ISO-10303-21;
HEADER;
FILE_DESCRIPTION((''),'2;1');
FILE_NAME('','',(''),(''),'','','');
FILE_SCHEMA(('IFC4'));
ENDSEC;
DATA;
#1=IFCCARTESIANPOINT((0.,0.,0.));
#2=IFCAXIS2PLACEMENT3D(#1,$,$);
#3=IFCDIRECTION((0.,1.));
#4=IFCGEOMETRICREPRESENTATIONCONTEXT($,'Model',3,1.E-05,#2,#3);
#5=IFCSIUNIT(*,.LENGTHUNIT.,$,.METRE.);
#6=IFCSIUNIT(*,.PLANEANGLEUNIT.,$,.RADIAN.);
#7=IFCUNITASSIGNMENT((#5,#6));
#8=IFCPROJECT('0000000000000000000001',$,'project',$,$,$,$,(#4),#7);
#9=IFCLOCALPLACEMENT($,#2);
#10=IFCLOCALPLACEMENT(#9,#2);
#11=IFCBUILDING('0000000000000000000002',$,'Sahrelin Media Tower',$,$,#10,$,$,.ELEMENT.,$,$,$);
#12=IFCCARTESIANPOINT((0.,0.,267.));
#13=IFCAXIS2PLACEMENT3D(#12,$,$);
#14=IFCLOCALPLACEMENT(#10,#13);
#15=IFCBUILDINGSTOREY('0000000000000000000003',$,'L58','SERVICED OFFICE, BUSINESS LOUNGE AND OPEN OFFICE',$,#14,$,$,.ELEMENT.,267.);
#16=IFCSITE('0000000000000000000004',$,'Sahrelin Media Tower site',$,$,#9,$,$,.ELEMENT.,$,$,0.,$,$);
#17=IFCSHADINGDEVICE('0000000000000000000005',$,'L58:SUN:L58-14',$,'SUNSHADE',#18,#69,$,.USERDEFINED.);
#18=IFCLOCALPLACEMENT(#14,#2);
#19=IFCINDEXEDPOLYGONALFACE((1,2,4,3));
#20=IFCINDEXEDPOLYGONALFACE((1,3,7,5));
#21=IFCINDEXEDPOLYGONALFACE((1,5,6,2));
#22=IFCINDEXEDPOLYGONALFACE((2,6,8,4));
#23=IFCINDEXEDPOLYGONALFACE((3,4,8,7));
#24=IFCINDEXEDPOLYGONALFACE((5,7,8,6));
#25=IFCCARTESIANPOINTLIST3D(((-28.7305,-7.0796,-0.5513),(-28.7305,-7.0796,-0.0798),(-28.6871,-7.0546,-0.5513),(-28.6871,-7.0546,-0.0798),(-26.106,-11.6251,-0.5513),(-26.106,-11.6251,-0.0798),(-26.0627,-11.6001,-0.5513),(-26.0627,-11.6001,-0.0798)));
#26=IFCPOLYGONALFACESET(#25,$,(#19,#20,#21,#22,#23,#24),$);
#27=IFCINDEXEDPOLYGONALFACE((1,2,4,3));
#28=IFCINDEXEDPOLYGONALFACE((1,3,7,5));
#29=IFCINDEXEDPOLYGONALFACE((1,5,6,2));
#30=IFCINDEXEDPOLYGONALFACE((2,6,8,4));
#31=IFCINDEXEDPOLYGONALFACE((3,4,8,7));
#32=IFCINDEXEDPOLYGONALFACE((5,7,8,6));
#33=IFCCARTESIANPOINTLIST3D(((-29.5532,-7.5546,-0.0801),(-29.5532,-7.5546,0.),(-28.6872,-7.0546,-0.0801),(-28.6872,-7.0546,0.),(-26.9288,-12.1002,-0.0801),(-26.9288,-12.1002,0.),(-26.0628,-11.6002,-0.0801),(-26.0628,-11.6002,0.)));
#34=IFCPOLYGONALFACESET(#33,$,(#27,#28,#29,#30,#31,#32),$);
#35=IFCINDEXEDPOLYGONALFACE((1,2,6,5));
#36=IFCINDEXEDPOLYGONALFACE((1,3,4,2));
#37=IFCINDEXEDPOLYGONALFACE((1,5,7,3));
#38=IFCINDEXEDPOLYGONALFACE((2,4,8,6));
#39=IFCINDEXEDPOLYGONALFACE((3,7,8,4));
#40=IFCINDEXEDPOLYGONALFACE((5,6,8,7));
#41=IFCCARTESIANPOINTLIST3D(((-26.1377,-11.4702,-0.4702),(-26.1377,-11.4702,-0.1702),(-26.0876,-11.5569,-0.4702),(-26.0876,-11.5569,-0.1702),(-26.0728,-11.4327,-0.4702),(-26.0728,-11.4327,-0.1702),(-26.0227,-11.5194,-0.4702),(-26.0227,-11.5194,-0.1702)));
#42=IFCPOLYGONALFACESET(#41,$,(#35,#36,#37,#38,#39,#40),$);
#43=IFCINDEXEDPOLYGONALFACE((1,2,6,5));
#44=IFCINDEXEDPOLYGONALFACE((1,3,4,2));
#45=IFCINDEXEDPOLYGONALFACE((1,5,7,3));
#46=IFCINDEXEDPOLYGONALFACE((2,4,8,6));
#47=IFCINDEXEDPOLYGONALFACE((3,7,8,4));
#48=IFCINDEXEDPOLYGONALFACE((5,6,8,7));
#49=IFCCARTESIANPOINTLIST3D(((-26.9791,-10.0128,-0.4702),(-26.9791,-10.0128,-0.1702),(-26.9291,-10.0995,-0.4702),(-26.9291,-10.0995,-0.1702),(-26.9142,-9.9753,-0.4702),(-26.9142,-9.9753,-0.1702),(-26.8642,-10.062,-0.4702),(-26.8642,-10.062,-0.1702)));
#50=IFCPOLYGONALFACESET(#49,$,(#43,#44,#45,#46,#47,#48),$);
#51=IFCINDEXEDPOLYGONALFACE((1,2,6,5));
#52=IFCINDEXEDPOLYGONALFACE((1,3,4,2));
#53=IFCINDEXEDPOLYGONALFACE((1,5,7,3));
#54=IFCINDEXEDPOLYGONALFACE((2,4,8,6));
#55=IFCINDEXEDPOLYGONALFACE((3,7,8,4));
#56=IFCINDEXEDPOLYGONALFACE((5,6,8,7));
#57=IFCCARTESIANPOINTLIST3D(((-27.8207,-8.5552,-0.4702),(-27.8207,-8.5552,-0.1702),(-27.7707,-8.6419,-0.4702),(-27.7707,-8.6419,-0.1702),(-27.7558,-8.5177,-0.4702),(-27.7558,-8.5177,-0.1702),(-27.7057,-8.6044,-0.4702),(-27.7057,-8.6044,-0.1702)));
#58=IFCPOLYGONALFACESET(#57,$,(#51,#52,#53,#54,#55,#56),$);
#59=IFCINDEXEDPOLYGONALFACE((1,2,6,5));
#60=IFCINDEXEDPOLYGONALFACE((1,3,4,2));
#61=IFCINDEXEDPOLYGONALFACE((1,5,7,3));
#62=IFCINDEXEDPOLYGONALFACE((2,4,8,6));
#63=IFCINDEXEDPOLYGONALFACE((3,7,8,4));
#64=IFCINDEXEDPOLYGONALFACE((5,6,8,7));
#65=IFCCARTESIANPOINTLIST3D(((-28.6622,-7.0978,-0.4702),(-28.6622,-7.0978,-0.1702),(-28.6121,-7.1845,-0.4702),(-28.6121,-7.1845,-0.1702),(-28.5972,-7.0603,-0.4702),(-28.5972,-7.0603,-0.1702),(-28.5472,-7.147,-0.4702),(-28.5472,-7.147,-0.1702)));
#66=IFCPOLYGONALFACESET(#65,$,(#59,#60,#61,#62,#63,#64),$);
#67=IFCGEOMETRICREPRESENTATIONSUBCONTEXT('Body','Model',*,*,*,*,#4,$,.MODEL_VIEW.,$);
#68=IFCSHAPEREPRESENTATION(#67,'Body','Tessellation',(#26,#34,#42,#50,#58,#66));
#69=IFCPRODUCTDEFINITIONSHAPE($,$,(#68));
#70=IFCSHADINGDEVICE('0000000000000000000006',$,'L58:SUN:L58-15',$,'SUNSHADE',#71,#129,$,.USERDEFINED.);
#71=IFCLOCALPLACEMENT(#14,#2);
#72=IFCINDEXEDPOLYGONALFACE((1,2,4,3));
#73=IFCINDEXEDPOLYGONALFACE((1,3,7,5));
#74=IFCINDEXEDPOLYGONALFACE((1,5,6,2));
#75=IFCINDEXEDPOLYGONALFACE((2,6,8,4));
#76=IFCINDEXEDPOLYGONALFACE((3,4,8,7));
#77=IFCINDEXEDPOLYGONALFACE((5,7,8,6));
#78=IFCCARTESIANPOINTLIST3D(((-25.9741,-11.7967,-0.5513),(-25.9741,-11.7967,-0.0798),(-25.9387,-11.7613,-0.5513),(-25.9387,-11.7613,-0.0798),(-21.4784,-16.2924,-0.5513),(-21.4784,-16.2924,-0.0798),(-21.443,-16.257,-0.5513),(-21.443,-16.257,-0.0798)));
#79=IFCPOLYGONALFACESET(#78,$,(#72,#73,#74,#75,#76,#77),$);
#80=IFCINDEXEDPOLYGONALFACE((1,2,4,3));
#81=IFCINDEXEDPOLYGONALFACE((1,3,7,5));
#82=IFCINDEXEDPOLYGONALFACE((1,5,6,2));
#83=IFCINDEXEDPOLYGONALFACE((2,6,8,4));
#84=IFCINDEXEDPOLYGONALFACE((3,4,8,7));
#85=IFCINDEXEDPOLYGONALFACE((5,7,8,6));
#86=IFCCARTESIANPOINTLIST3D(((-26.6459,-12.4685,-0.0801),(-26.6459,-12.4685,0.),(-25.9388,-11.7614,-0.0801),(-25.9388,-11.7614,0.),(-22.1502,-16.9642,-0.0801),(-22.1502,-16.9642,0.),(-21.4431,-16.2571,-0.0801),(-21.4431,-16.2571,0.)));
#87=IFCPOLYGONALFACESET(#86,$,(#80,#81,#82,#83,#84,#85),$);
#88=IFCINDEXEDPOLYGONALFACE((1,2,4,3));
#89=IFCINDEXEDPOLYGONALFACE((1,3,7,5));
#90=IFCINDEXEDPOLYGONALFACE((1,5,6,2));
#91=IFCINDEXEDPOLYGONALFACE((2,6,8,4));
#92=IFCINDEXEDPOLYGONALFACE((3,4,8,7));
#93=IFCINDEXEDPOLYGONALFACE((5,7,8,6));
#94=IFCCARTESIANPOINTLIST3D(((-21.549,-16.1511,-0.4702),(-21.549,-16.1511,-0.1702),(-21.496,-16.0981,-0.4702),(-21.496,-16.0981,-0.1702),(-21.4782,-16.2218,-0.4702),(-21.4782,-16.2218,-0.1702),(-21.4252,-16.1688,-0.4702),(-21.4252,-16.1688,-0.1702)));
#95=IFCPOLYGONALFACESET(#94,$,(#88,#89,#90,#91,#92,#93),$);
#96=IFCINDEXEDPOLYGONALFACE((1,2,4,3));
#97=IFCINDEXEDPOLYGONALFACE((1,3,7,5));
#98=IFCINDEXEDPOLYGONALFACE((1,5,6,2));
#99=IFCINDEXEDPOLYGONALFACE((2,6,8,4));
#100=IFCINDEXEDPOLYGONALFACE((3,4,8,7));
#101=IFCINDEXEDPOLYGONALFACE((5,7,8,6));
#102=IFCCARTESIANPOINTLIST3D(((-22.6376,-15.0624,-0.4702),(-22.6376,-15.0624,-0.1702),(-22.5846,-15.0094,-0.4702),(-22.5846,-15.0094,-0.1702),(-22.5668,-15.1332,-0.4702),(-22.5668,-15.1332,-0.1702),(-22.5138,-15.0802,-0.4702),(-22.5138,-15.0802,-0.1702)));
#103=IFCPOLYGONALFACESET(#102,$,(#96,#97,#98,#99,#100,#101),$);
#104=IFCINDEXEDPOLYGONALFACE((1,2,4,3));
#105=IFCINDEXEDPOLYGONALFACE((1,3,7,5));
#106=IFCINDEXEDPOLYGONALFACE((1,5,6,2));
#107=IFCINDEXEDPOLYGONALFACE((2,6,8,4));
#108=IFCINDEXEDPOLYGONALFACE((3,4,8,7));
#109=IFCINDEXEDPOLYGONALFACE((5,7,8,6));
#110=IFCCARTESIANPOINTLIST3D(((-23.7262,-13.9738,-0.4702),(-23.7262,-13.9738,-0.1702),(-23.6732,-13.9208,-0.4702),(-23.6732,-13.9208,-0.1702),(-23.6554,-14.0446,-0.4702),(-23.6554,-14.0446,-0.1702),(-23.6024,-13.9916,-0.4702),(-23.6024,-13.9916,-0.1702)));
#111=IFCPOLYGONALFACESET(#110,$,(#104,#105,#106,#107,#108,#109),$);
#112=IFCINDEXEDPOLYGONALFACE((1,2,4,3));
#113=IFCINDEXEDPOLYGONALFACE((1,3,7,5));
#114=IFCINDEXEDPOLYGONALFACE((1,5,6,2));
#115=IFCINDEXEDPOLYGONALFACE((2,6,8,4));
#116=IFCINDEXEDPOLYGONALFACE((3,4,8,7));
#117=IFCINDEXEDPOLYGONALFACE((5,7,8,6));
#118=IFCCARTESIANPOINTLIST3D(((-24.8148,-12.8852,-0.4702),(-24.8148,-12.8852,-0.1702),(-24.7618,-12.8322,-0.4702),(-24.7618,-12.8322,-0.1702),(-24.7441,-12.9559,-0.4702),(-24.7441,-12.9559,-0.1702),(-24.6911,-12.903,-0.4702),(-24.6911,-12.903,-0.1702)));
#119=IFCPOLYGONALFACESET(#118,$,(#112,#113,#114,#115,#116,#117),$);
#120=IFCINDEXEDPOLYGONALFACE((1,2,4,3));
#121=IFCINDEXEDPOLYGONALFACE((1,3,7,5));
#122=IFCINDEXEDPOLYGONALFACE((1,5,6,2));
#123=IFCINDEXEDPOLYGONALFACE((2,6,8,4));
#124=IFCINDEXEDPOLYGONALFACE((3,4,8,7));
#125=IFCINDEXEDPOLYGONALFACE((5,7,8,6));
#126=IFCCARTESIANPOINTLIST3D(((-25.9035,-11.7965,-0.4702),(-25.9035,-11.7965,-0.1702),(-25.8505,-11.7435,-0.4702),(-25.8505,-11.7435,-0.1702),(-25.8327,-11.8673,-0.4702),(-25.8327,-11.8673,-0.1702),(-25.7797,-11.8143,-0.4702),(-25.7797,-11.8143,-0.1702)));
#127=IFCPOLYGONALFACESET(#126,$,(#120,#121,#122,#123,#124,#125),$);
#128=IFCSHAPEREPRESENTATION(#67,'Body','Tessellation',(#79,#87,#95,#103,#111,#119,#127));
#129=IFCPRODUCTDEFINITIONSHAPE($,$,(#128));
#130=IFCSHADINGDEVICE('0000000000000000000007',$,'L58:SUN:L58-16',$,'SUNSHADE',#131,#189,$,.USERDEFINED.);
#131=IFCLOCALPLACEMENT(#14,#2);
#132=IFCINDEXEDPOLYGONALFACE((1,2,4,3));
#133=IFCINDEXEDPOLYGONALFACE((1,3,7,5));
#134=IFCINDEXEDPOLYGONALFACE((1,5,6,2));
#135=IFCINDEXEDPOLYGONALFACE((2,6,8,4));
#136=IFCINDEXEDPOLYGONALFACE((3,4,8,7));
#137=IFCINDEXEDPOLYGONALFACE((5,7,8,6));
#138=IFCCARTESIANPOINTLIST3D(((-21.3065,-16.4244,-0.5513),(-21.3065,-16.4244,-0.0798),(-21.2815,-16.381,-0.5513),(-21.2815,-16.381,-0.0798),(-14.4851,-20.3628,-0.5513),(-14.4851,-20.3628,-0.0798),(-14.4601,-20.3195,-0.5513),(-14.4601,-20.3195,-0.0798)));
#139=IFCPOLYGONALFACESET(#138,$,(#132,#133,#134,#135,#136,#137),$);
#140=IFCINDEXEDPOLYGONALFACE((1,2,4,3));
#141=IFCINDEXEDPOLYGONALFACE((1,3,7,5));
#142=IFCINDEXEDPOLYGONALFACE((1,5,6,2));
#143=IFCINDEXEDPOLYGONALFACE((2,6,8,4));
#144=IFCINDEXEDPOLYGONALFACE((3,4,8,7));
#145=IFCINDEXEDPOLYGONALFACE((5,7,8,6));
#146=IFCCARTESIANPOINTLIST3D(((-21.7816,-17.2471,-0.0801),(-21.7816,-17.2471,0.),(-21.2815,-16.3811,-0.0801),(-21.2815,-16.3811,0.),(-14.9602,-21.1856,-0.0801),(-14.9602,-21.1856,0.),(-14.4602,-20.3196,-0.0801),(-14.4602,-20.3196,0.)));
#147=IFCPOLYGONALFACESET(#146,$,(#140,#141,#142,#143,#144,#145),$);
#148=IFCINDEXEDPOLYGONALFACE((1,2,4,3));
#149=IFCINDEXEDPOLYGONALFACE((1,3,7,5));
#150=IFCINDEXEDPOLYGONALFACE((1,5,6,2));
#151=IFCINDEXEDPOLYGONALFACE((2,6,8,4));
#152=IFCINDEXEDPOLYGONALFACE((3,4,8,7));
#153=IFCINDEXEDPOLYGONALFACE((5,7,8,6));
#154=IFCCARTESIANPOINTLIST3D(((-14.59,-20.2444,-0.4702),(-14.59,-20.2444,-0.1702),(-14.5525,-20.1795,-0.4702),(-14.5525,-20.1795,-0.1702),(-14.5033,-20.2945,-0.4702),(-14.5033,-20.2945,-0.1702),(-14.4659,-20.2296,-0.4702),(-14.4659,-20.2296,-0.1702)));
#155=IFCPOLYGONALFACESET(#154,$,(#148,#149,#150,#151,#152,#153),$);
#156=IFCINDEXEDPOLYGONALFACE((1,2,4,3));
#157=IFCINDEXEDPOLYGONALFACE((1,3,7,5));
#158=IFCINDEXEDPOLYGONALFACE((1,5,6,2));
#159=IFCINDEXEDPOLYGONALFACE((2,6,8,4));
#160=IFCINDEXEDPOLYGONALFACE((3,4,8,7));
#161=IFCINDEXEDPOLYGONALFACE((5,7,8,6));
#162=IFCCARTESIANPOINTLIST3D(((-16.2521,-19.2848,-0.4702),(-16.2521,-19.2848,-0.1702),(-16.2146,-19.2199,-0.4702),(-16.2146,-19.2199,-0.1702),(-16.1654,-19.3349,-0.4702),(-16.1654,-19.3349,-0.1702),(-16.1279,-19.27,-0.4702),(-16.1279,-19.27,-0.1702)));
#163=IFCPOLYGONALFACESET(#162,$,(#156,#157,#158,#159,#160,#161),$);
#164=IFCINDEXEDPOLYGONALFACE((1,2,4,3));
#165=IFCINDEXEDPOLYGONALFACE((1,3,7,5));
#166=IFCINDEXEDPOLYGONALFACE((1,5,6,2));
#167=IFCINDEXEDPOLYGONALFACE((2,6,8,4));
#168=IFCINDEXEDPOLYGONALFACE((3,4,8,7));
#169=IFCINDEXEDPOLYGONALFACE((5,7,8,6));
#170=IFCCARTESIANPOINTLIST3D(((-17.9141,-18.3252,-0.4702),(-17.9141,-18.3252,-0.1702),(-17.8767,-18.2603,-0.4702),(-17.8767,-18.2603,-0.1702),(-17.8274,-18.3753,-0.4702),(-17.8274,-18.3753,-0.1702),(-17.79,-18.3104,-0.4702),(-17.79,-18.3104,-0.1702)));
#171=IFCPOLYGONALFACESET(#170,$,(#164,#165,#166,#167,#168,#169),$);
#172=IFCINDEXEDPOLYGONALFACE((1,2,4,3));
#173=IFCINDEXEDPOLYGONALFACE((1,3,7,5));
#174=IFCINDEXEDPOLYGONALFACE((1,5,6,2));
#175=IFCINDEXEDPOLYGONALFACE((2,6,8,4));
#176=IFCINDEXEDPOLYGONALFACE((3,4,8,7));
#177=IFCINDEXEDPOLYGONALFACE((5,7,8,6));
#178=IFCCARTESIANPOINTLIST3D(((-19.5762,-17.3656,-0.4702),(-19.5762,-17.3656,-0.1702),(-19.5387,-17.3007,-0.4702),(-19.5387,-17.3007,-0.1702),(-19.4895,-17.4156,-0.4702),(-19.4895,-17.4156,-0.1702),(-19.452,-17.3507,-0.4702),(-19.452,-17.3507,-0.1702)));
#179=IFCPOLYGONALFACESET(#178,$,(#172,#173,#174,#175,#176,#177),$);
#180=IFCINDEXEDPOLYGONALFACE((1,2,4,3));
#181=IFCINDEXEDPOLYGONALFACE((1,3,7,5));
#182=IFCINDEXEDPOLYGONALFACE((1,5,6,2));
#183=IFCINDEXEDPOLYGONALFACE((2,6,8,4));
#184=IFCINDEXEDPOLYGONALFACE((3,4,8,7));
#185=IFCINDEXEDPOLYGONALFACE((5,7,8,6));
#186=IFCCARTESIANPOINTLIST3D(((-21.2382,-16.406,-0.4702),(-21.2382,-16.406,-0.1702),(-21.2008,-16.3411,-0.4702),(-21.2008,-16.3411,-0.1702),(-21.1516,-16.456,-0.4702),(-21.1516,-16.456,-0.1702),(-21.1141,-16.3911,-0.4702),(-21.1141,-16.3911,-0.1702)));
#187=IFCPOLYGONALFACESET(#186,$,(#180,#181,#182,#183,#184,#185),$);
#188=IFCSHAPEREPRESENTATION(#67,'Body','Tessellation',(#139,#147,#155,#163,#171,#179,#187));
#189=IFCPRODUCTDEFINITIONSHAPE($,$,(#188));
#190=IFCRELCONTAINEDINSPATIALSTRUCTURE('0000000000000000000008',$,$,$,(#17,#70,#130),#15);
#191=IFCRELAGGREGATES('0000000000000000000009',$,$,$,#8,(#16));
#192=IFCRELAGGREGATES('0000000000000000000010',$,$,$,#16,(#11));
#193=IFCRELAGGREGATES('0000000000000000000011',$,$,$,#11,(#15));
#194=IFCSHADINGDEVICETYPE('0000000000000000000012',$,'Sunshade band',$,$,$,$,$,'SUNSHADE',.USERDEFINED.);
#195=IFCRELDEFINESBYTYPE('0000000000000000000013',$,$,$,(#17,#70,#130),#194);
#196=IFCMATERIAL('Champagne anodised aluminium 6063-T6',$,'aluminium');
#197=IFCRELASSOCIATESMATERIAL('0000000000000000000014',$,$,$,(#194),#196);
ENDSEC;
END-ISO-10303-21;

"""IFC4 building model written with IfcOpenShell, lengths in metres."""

from ifc_helpers import new_model, si_unit, direction, frame, origin, origin_2d, place, context, subcontext, project, spatial, rectangle, extrude, material, type_object, element, save


model = new_model("IFC4")

# Units and contexts
model_context = context("Model", 3, precision=1e-05, world=origin(), true_north=direction((0.0, 1.0)))
body_context = subcontext(model_context, "Body", "Model", "MODEL_VIEW")
ifc_project = project(units=[si_unit("LENGTHUNIT", "METRE"), si_unit("PLANEANGLEUNIT", "RADIAN")], contexts=[model_context])

# Site, building, storey
site_placement = place(None, origin())
site = spatial("IfcSite", under=ifc_project, at=site_placement, Name="Sahrelin Media Tower site", CompositionType="ELEMENT", RefElevation=0.0)
building_placement = place(site_placement, origin())
building = spatial("IfcBuilding", under=site, at=building_placement, Name="Sahrelin Media Tower", CompositionType="ELEMENT")
storey_placement = place(building_placement, frame((0.0, 0.0, 267.0)))
storey = spatial("IfcBuildingStorey", under=building, at=storey_placement, Name="L58", Description="SERVICED OFFICE, BUSINESS LOUNGE AND OPEN OFFICE", CompositionType="ELEMENT", Elevation=267.0)

# Shared definitions
ifc_material_1 = material(Name="Champagne anodised aluminium 6063-T6", Category="aluminium")

# Shading devices
placement_1 = place(storey_placement, frame((-27.3577, -9.3174, 0.0), z_axis=(0.0, 0.0, 1.0), x_axis=(-0.500011, 0.866019, 0.0)))
placement_2 = place(storey_placement, frame((-23.6768, -13.9951, 0.0), z_axis=(0.0, 0.0, 1.0), x_axis=(-0.707107, 0.707107, 0.0)))
placement_3 = place(storey_placement, frame((-17.8608, -18.333, 0.0), z_axis=(0.0, 0.0, 1.0), x_axis=(-0.866019, 0.500011, 0.0)))
shading_device_type_1 = type_object("IfcShadingDeviceType", Name="Sunshade band", ElementType="SUNSHADE", PredefinedType="USERDEFINED", material=ifc_material_1)
element("IfcShadingDevice", 1, at=placement_1, inside=storey, type_object=shading_device_type_1, Name="L58:SUN:L58-14", ObjectType="SUNSHADE", PredefinedType="USERDEFINED", context=body_context, shape_type="SweptSolid", body=[
    extrude(rectangle(XDim=5.2488, YDim=0.05, at=origin_2d()), frame((0.0, 0.0449, -0.5513)), (0.0, 0.0, 1.0), 0.4714),
    extrude(rectangle(XDim=5.2488, YDim=1.0, at=origin_2d()), frame((0.0, 0.52, -0.0801)), (0.0, 0.0, 1.0), 0.0801),
    extrude(rectangle(XDim=0.1001, YDim=0.075, at=origin_2d()), frame((-2.5244, -0.0176, -0.4702)), (0.0, 0.0, 1.0), 0.3),
    extrude(rectangle(XDim=0.1001, YDim=0.075, at=origin_2d()), frame((-0.8416, -0.0176, -0.4702)), (0.0, 0.0, 1.0), 0.3),
    extrude(rectangle(XDim=0.1001, YDim=0.075, at=origin_2d()), frame((0.8416, -0.0176, -0.4702)), (0.0, 0.0, 1.0), 0.3),
    extrude(rectangle(XDim=0.1001, YDim=0.075, at=origin_2d()), frame((2.5244, -0.0176, -0.4702)), (0.0, 0.0, 1.0), 0.3),
])
element("IfcShadingDevice", 2, at=placement_2, inside=storey, type_object=shading_device_type_1, Name="L58:SUN:L58-15", ObjectType="SUNSHADE", PredefinedType="USERDEFINED", context=body_context, shape_type="SweptSolid", body=[
    extrude(rectangle(XDim=6.3579, YDim=0.05, at=origin_2d()), frame((0.0, 0.0449, -0.5513)), (0.0, 0.0, 1.0), 0.4714),
    extrude(rectangle(XDim=6.3579, YDim=1.0, at=origin_2d()), frame((0.0, 0.52, -0.0801)), (0.0, 0.0, 1.0), 0.0801),
    extrude(rectangle(XDim=0.1001, YDim=0.075, at=origin_2d()), frame((-3.0791, -0.0176, -0.4702)), (0.0, 0.0, 1.0), 0.3),
    extrude(rectangle(XDim=0.1001, YDim=0.075, at=origin_2d()), frame((-1.5396, -0.0176, -0.4702)), (0.0, 0.0, 1.0), 0.3),
    extrude(rectangle(XDim=0.1001, YDim=0.075, at=origin_2d()), frame((0.0, -0.0176, -0.4702)), (0.0, 0.0, 1.0), 0.3),
    extrude(rectangle(XDim=0.1001, YDim=0.075, at=origin_2d()), frame((1.5396, -0.0176, -0.4702)), (0.0, 0.0, 1.0), 0.3),
    extrude(rectangle(XDim=0.1001, YDim=0.075, at=origin_2d()), frame((3.0791, -0.0176, -0.4702)), (0.0, 0.0, 1.0), 0.3),
])
element("IfcShadingDevice", 3, at=placement_3, inside=storey, type_object=shading_device_type_1, Name="L58:SUN:L58-16", ObjectType="SUNSHADE", PredefinedType="USERDEFINED", context=body_context, shape_type="SweptSolid", body=[
    extrude(rectangle(XDim=7.8767, YDim=0.05, at=origin_2d()), frame((0.0, 0.0449, -0.5513)), (0.0, 0.0, 1.0), 0.4714),
    extrude(rectangle(XDim=7.8767, YDim=1.0, at=origin_2d()), frame((0.0, 0.52, -0.0801)), (0.0, 0.0, 1.0), 0.0801),
    extrude(rectangle(XDim=0.1001, YDim=0.075, at=origin_2d()), frame((-3.8384, -0.0176, -0.4702)), (0.0, 0.0, 1.0), 0.3),
    extrude(rectangle(XDim=0.1001, YDim=0.075, at=origin_2d()), frame((-1.9192, -0.0176, -0.4702)), (0.0, 0.0, 1.0), 0.3),
    extrude(rectangle(XDim=0.1001, YDim=0.075, at=origin_2d()), frame((0.0, -0.0176, -0.4702)), (0.0, 0.0, 1.0), 0.3),
    extrude(rectangle(XDim=0.1001, YDim=0.075, at=origin_2d()), frame((1.9192, -0.0176, -0.4702)), (0.0, 0.0, 1.0), 0.3),
    extrude(rectangle(XDim=0.1001, YDim=0.075, at=origin_2d()), frame((3.8384, -0.0176, -0.4702)), (0.0, 0.0, 1.0), 0.3),
])

save(model, "model.ifc")
